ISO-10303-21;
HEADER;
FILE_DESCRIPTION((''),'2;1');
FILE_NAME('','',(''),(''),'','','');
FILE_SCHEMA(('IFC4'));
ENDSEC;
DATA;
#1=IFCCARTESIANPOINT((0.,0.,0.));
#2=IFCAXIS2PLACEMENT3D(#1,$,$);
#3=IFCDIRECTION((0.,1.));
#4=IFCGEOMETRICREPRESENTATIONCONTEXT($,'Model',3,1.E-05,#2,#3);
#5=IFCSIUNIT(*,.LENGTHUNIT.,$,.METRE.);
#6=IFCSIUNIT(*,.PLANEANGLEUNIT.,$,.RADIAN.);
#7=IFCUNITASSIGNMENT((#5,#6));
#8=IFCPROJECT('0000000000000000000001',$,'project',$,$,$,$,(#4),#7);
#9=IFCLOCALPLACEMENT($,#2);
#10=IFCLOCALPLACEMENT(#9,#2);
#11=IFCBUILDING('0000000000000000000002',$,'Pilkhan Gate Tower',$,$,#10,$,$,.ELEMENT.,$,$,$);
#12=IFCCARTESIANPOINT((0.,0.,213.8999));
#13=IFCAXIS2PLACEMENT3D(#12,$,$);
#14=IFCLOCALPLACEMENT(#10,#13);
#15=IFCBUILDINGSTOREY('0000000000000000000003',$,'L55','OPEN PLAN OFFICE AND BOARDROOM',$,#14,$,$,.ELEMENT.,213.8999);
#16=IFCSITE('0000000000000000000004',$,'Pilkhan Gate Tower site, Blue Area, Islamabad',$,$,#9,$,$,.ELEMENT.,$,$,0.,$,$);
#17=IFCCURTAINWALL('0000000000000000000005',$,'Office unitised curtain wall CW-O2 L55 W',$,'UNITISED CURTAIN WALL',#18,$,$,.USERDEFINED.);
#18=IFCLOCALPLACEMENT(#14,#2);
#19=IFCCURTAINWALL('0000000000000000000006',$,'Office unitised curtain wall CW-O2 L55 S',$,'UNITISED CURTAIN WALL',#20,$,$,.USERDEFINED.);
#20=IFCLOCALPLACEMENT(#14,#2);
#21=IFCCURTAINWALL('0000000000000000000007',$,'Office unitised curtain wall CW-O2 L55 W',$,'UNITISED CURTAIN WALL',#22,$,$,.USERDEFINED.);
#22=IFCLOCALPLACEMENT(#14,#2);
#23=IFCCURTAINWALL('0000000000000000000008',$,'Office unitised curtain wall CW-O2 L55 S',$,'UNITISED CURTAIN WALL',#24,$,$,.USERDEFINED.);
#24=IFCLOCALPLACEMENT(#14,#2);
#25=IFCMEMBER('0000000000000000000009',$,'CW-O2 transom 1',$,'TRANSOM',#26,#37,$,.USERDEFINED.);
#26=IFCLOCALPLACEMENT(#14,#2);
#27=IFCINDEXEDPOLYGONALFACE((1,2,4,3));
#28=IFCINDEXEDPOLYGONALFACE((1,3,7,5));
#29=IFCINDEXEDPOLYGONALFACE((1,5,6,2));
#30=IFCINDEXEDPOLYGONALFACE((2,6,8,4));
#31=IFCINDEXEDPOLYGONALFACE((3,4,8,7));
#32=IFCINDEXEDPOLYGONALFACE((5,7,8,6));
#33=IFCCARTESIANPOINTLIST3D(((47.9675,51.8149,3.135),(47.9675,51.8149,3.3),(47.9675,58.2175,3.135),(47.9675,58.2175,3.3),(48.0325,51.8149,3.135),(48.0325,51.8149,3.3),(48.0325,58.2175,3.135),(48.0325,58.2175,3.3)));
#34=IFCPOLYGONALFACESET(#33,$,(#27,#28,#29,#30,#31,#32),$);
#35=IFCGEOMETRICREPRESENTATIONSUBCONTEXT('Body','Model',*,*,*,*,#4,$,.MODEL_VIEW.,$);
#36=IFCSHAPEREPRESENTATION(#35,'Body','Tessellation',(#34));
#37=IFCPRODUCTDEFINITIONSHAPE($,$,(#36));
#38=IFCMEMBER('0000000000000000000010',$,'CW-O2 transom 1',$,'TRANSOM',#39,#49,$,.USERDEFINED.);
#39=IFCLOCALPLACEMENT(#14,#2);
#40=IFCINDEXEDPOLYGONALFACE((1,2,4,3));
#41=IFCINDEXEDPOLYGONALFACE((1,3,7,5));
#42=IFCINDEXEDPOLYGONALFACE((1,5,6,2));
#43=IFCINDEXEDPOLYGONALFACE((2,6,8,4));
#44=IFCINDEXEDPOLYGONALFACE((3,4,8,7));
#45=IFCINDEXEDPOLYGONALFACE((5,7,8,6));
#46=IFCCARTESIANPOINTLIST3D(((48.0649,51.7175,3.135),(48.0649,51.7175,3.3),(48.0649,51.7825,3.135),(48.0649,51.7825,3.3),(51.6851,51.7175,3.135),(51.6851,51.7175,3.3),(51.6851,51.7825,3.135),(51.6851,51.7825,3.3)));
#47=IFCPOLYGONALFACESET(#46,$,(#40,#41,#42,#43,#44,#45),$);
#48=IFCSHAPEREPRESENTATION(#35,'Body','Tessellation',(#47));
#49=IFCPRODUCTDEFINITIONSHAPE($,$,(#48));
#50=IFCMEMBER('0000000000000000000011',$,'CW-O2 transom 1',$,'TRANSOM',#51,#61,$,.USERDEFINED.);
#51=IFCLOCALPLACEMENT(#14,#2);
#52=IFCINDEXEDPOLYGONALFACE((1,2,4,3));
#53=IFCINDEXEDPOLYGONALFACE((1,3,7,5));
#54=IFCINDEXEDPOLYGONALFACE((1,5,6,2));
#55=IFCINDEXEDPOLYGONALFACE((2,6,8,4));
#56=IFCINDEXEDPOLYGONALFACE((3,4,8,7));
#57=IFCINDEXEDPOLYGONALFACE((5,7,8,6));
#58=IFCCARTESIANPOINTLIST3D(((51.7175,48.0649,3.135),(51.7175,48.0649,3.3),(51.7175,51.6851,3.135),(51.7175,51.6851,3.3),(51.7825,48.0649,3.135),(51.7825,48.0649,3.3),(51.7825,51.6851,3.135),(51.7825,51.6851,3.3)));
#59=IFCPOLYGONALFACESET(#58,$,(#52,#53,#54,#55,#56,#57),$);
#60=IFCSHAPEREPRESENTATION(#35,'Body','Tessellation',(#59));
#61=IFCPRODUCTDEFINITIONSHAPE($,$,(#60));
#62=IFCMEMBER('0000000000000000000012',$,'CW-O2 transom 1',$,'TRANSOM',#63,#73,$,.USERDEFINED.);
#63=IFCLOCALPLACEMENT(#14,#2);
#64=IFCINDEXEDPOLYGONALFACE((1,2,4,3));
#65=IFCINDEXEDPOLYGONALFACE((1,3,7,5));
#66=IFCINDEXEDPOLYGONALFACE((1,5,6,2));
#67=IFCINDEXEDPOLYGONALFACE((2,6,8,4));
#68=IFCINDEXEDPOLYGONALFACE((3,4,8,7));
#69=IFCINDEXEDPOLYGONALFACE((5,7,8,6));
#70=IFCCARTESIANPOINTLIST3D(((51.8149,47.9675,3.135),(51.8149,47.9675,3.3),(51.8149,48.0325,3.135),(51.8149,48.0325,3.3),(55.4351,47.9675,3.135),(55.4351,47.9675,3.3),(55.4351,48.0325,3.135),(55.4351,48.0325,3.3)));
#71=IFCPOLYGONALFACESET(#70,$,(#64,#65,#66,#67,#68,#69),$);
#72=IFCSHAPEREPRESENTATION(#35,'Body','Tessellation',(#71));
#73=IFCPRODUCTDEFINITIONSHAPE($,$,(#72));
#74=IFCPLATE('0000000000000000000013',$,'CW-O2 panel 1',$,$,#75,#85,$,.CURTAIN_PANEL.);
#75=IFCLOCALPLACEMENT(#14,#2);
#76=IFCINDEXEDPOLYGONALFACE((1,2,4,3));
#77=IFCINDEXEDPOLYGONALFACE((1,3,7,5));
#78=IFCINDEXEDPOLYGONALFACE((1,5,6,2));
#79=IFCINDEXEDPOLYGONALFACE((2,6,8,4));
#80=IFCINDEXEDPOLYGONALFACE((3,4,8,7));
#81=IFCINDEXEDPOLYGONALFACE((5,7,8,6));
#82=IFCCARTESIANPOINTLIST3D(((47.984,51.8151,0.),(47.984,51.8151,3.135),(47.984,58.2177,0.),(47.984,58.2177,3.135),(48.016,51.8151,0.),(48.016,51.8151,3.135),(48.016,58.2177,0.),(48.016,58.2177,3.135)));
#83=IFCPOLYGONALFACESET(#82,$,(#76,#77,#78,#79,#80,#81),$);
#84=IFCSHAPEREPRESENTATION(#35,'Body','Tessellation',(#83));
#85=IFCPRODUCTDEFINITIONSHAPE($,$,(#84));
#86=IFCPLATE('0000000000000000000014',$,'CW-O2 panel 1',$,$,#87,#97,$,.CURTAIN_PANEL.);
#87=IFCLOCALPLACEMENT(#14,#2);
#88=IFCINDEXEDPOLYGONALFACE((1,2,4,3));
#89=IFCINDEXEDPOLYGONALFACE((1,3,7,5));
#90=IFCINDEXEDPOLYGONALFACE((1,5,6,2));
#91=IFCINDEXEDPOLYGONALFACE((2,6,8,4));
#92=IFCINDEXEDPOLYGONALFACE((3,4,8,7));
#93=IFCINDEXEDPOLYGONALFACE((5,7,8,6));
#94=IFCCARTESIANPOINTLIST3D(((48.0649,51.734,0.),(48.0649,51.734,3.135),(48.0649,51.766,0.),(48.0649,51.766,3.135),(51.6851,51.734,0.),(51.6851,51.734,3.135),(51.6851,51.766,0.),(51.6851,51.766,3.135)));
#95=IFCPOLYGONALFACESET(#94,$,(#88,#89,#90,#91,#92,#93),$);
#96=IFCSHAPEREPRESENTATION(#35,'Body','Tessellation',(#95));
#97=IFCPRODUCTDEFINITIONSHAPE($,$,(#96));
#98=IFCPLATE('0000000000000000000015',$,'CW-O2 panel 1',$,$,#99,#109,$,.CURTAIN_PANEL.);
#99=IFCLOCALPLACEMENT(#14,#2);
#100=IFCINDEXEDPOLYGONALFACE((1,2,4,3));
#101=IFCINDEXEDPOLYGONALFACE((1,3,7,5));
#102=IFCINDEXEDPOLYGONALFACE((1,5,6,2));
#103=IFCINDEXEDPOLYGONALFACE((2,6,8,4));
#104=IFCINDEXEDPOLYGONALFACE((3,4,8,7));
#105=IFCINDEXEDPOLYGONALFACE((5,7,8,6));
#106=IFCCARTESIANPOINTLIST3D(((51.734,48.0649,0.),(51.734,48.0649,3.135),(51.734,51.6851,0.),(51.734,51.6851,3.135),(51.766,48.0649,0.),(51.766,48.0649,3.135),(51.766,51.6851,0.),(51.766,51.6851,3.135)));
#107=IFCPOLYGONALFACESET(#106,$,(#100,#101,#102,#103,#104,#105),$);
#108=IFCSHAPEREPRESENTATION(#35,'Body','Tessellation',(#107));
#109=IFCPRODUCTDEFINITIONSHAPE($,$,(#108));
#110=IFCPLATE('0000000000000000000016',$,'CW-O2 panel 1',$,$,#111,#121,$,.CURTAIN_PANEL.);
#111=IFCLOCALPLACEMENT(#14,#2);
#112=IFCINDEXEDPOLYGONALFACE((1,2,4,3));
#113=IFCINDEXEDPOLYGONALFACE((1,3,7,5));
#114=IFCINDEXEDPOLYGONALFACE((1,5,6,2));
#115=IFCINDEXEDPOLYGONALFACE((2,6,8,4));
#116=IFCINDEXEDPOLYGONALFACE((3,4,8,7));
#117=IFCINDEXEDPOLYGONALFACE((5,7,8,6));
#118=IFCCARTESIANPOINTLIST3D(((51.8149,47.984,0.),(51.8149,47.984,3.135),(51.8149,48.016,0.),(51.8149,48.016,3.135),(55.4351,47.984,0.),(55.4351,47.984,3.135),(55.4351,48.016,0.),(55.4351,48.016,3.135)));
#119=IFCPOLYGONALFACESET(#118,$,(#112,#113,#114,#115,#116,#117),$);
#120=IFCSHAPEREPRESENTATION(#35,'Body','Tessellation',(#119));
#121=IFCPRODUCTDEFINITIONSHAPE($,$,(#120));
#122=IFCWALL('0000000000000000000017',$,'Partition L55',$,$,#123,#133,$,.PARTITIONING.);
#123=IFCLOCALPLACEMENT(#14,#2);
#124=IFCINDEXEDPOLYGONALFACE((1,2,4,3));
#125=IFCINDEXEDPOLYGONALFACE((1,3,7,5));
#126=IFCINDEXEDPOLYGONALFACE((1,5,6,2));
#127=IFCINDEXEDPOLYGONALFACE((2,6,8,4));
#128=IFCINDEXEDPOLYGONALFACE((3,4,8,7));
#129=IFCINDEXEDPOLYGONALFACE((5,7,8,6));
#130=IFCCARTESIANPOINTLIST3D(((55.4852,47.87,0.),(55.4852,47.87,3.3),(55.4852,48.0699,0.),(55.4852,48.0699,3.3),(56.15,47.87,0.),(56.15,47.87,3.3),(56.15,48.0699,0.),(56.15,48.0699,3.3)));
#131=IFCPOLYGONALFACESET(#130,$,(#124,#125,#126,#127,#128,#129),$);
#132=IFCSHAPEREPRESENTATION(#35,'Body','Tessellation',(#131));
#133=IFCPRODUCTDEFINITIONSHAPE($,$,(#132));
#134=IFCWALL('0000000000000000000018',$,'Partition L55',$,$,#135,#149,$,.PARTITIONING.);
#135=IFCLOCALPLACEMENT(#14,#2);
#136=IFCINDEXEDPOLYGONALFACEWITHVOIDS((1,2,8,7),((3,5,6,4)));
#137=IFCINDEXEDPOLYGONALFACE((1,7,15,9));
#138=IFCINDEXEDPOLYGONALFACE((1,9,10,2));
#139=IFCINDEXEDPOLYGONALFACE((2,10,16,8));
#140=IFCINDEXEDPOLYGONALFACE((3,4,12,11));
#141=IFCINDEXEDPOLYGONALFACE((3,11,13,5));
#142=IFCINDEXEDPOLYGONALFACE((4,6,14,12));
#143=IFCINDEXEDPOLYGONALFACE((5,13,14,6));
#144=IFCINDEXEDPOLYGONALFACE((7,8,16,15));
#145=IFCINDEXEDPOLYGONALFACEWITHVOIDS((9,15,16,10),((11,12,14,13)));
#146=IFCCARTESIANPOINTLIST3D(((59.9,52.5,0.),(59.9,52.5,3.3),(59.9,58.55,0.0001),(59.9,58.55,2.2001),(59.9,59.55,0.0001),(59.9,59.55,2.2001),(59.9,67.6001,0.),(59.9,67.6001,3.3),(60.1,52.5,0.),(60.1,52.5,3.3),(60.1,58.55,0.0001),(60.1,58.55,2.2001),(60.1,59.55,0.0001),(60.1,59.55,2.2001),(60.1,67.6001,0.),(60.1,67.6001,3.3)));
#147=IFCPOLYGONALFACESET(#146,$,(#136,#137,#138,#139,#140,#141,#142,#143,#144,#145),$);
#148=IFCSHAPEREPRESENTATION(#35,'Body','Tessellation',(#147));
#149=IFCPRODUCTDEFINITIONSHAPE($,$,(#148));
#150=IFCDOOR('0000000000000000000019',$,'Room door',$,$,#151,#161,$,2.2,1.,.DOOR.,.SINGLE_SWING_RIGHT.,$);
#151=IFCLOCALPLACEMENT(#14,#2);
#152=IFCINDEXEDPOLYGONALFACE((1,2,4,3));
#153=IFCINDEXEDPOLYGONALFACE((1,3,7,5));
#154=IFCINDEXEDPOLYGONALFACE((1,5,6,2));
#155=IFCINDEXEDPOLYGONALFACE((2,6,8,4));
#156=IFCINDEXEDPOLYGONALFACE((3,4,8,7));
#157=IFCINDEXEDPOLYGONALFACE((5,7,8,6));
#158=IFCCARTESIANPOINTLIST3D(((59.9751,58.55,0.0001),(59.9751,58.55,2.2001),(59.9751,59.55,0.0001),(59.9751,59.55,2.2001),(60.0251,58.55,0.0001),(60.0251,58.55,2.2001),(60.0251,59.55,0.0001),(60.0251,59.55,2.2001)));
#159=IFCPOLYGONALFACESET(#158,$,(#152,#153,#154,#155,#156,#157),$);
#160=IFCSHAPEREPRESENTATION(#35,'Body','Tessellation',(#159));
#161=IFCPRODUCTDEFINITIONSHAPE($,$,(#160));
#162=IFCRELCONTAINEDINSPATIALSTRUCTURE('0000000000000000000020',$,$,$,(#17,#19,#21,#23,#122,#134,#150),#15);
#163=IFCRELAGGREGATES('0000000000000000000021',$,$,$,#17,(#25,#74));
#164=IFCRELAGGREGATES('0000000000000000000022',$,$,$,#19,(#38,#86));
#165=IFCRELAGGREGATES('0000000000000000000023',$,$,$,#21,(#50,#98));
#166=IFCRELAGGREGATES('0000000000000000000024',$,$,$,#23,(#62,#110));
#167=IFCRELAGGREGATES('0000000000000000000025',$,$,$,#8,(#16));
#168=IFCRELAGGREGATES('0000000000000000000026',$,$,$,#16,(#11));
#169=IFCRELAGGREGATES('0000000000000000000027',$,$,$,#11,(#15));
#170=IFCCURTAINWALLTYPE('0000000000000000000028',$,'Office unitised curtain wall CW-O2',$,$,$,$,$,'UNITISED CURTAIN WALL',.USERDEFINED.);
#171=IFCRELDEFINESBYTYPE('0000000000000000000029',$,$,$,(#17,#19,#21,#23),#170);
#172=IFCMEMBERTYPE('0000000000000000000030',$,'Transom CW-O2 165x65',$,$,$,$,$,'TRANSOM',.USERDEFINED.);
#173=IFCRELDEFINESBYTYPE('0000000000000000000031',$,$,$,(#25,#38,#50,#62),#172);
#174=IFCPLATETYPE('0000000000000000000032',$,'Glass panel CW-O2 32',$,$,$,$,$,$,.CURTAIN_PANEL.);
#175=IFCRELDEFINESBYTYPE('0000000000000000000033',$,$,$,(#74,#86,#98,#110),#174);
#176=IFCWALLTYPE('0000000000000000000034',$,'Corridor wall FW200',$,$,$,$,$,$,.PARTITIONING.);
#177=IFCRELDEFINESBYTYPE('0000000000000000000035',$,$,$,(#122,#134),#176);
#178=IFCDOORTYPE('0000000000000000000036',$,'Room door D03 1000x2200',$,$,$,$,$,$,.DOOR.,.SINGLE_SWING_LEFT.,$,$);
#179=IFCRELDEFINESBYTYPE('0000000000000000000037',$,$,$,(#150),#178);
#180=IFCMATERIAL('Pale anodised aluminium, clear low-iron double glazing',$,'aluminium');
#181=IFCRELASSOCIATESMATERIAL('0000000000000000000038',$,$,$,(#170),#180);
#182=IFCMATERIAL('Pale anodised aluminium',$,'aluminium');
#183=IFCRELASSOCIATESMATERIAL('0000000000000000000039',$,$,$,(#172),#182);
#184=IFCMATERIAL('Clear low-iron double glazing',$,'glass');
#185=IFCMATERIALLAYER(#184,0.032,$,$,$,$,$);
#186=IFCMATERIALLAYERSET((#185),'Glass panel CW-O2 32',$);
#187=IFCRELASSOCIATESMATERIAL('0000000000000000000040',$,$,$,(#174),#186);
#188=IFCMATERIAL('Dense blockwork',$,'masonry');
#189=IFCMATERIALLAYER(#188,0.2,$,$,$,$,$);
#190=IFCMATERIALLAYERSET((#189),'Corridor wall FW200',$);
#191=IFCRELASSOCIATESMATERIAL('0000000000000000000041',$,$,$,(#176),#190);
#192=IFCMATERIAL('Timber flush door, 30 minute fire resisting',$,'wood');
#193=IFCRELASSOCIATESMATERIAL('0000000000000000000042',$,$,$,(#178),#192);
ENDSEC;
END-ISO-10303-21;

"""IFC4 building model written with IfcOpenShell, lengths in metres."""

from ifc_helpers import new_model, si_unit, direction, frame, frame_2d, origin, origin_2d, place, context, subcontext, project, spatial, rectangle, extrude, material, layer, layer_set, material_profile, profile_set, type_object, element, fill, aggregate, save


model = new_model("IFC4")

# Units and contexts
model_context = context("Model", 3, precision=1e-05, world=origin(), true_north=direction((0.0, 1.0)))
body_context = subcontext(model_context, "Body", "Model", "MODEL_VIEW")
ifc_project = project(units=[si_unit("LENGTHUNIT", "METRE"), si_unit("PLANEANGLEUNIT", "RADIAN")], contexts=[model_context])

# Site, building, storey
site_placement = place(None, origin())
site = spatial("IfcSite", under=ifc_project, at=site_placement, Name="Pilkhan Gate Tower site, Blue Area, Islamabad", CompositionType="ELEMENT", RefElevation=0.0)
building_placement = place(site_placement, origin())
building = spatial("IfcBuilding", under=site, at=building_placement, Name="Pilkhan Gate Tower", CompositionType="ELEMENT")
storey_placement = place(building_placement, frame((0.0, 0.0, 213.8999)))
storey = spatial("IfcBuildingStorey", under=building, at=storey_placement, Name="L55", Description="OPEN PLAN OFFICE AND BOARDROOM", CompositionType="ELEMENT", Elevation=213.8999)

# Curtain walls
ifc_material_1 = material(Name="Pale anodised aluminium, clear low-iron double glazing", Category="aluminium")
curtain_wall_type = type_object("IfcCurtainWallType", Name="Office unitised curtain wall CW-O2", ElementType="UNITISED CURTAIN WALL", PredefinedType="USERDEFINED", material=ifc_material_1)
curtain_wall_1_placement = place(storey_placement, origin())
curtain_wall_1 = element("IfcCurtainWall", 1, at=curtain_wall_1_placement, inside=storey, type_object=curtain_wall_type, Name="Office unitised curtain wall CW-O2 L55 W", ObjectType="UNITISED CURTAIN WALL", PredefinedType="USERDEFINED")
ifc_material_2 = material(Name="Pale anodised aluminium", Category="aluminium")
curtain_wall_2_placement = place(storey_placement, origin())
curtain_wall_2 = element("IfcCurtainWall", 2, at=curtain_wall_2_placement, inside=storey, type_object=curtain_wall_type, Name="Office unitised curtain wall CW-O2 L55 S", ObjectType="UNITISED CURTAIN WALL", PredefinedType="USERDEFINED")
curtain_wall_3_placement = place(storey_placement, origin())
curtain_wall_3 = element("IfcCurtainWall", 3, at=curtain_wall_3_placement, inside=storey, type_object=curtain_wall_type, Name="Office unitised curtain wall CW-O2 L55 W", ObjectType="UNITISED CURTAIN WALL", PredefinedType="USERDEFINED")
curtain_wall_4_placement = place(storey_placement, origin())
curtain_wall_4 = element("IfcCurtainWall", 4, at=curtain_wall_4_placement, inside=storey, type_object=curtain_wall_type, Name="Office unitised curtain wall CW-O2 L55 S", ObjectType="UNITISED CURTAIN WALL", PredefinedType="USERDEFINED")

# Members
ifc_material_profile_1 = material_profile(ifc_material_2, rectangle(XDim=0.0649, YDim=0.165, at=origin_2d()), Name="Transom 165x65")
ifc_profile_set_1 = profile_set([ifc_material_profile_1], Name="Pale anodised aluminium")
member_type_1 = type_object("IfcMemberType", Name="Transom CW-O2 165x65", ElementType="TRANSOM", PredefinedType="USERDEFINED", material=ifc_profile_set_1)
member_1_placement = place(storey_placement, frame((48.0, 51.8149, 3.2175), z_axis=(0.0, 1.0, 0.0), x_axis=(-1.0, 0.0, 0.0)))
member_1 = element("IfcMember", 5, at=member_1_placement, type_object=member_type_1, Name="CW-O2 transom 1", ObjectType="TRANSOM", PredefinedType="USERDEFINED", context=body_context, shape_type="SweptSolid", body=[
    extrude(rectangle(XDim=0.0649, YDim=0.165, at=origin_2d()), origin(), (0.0, 0.0, 1.0), 6.4026),
])
member_2_placement = place(storey_placement, frame((48.0649, 51.75, 3.2175), z_axis=(1.0, 0.0, 0.0), x_axis=(0.0, 1.0, 0.0)))
member_2 = element("IfcMember", 6, at=member_2_placement, type_object=member_type_1, Name="CW-O2 transom 1", ObjectType="TRANSOM", PredefinedType="USERDEFINED", context=body_context, shape_type="SweptSolid", body=[
    extrude(rectangle(XDim=0.0649, YDim=0.165, at=origin_2d()), origin(), (0.0, 0.0, 1.0), 3.6201),
])
member_3_placement = place(storey_placement, frame((51.75, 48.0649, 3.2175), z_axis=(0.0, 1.0, 0.0), x_axis=(-1.0, 0.0, 0.0)))
member_3 = element("IfcMember", 7, at=member_3_placement, type_object=member_type_1, Name="CW-O2 transom 1", ObjectType="TRANSOM", PredefinedType="USERDEFINED", context=body_context, shape_type="SweptSolid", body=[
    extrude(rectangle(XDim=0.0649, YDim=0.165, at=origin_2d()), origin(), (0.0, 0.0, 1.0), 3.6201),
])
member_4_placement = place(storey_placement, frame((51.8149, 48.0, 3.2175), z_axis=(1.0, 0.0, 0.0), x_axis=(0.0, 1.0, 0.0)))
member_4 = element("IfcMember", 8, at=member_4_placement, type_object=member_type_1, Name="CW-O2 transom 1", ObjectType="TRANSOM", PredefinedType="USERDEFINED", context=body_context, shape_type="SweptSolid", body=[
    extrude(rectangle(XDim=0.0649, YDim=0.165, at=origin_2d()), origin(), (0.0, 0.0, 1.0), 3.6201),
])

# Plates
ifc_material_3 = material(Name="Clear low-iron double glazing", Category="glass")
ifc_layer_1 = layer(ifc_material_3, 0.032)
ifc_layer_set_1 = layer_set([ifc_layer_1], Name="Glass panel CW-O2 32")
plate_type = type_object("IfcPlateType", Name="Glass panel CW-O2 32", PredefinedType="CURTAIN_PANEL", material=ifc_layer_set_1)
plate_1_placement = place(storey_placement, frame((48.0, 55.0164, 0.0), z_axis=(0.0, 0.0, 1.0), x_axis=(0.0, 1.0, 0.0)))
plate_1 = element("IfcPlate", 9, at=plate_1_placement, type_object=plate_type, Name="CW-O2 panel 1", PredefinedType="CURTAIN_PANEL", context=body_context, shape_type="SweptSolid", body=[
    extrude(rectangle(XDim=6.4026, YDim=0.032, at=origin_2d()), origin(), (0.0, 0.0, 1.0), 3.135),
])
aggregate(curtain_wall_1, [member_1, plate_1])
plate_2_placement = place(storey_placement, frame((49.875, 51.75, 0.0), z_axis=(0.0, 0.0, 1.0), x_axis=(1.0, 0.0, 0.0)))
plate_2 = element("IfcPlate", 10, at=plate_2_placement, type_object=plate_type, Name="CW-O2 panel 1", PredefinedType="CURTAIN_PANEL", context=body_context, shape_type="SweptSolid", body=[
    extrude(rectangle(XDim=3.6201, YDim=0.032, at=origin_2d()), origin(), (0.0, 0.0, 1.0), 3.135),
])
aggregate(curtain_wall_2, [member_2, plate_2])
plate_3_placement = place(storey_placement, frame((51.75, 49.875, 0.0), z_axis=(0.0, 0.0, 1.0), x_axis=(0.0, 1.0, 0.0)))
plate_3 = element("IfcPlate", 11, at=plate_3_placement, type_object=plate_type, Name="CW-O2 panel 1", PredefinedType="CURTAIN_PANEL", context=body_context, shape_type="SweptSolid", body=[
    extrude(rectangle(XDim=3.6201, YDim=0.032, at=origin_2d()), origin(), (0.0, 0.0, 1.0), 3.135),
])
aggregate(curtain_wall_3, [member_3, plate_3])
plate_4_placement = place(storey_placement, frame((53.625, 48.0, 0.0), z_axis=(0.0, 0.0, 1.0), x_axis=(1.0, 0.0, 0.0)))
plate_4 = element("IfcPlate", 12, at=plate_4_placement, type_object=plate_type, Name="CW-O2 panel 1", PredefinedType="CURTAIN_PANEL", context=body_context, shape_type="SweptSolid", body=[
    extrude(rectangle(XDim=3.6201, YDim=0.032, at=origin_2d()), origin(), (0.0, 0.0, 1.0), 3.135),
])
aggregate(curtain_wall_4, [member_4, plate_4])

# Wall
ifc_material_4 = material(Name="Dense blockwork", Category="masonry")
ifc_layer_2 = layer(ifc_material_4, 0.2)
ifc_layer_set_2 = layer_set([ifc_layer_2], Name="Corridor wall FW200")
wall_type_1 = type_object("IfcWallType", Name="Corridor wall FW200", PredefinedType="PARTITIONING", material=ifc_layer_set_2)
wall_1_placement = place(storey_placement, frame((55.4851, 47.97, 0.0), z_axis=(0.0, 0.0, 1.0), x_axis=(1.0, 0.0, 0.0)))
element("IfcWall", 13, at=wall_1_placement, inside=storey, type_object=wall_type_1, Name="Partition L55", PredefinedType="PARTITIONING", context=body_context, shape_type="SweptSolid", body=[
    extrude(rectangle(XDim=0.6648, YDim=0.2, at=frame_2d((0.3325, 0.0))), origin(), (0.0, 0.0, 1.0), 3.3),
])

# Wall, opening, door
wall_2_placement = place(storey_placement, frame((60.0, 52.5, 0.0), z_axis=(0.0, 0.0, 1.0), x_axis=(0.0, 1.0, 0.0)))
wall_2 = element("IfcWall", 14, at=wall_2_placement, inside=storey, type_object=wall_type_1, Name="Partition L55", PredefinedType="PARTITIONING", context=body_context, shape_type="SweptSolid", body=[
    extrude(rectangle(XDim=15.1001, YDim=0.2, at=frame_2d((7.55, 0.0))), origin(), (0.0, 0.0, 1.0), 3.3),
])
opening_1_placement = place(wall_2_placement, frame((6.05, 0.0, 0.0)))
opening_1 = element("IfcOpeningElement", 15, at=opening_1_placement, cuts=wall_2, PredefinedType="OPENING", context=body_context, shape_type="SweptSolid", body=[
    extrude(rectangle(XDim=1.0, YDim=2.2, at=frame_2d((0.5, 1.1001))), frame((0.0, 0.1099, 0.0), z_axis=(0.0, -1.0, 0.0), x_axis=(1.0, 0.0, 0.0)), (0.0, 0.0, 1.0), 0.22),
])
ifc_material_5 = material(Name="Timber flush door, 30 minute fire resisting", Category="wood")
door_type_1 = type_object("IfcDoorType", Name="Room door D03 1000x2200", OperationType="SINGLE_SWING_LEFT", PredefinedType="DOOR", material=ifc_material_5)
door_1_placement = place(opening_1_placement, origin())
door_1 = element("IfcDoor", 16, at=door_1_placement, inside=storey, type_object=door_type_1, Name="Room door", OperationType="SINGLE_SWING_RIGHT", OverallHeight=2.2, OverallWidth=1.0, PredefinedType="DOOR", context=body_context, shape_type="SweptSolid", body=[
    extrude(rectangle(XDim=1.0, YDim=2.2, at=frame_2d((0.5, 1.1001))), frame((0.0, 0.0249, 0.0), z_axis=(0.0, -1.0, 0.0), x_axis=(1.0, 0.0, 0.0)), (0.0, 0.0, 1.0), 0.05),
])
fill(opening_1, door_1)

save(model, "model.ifc")
